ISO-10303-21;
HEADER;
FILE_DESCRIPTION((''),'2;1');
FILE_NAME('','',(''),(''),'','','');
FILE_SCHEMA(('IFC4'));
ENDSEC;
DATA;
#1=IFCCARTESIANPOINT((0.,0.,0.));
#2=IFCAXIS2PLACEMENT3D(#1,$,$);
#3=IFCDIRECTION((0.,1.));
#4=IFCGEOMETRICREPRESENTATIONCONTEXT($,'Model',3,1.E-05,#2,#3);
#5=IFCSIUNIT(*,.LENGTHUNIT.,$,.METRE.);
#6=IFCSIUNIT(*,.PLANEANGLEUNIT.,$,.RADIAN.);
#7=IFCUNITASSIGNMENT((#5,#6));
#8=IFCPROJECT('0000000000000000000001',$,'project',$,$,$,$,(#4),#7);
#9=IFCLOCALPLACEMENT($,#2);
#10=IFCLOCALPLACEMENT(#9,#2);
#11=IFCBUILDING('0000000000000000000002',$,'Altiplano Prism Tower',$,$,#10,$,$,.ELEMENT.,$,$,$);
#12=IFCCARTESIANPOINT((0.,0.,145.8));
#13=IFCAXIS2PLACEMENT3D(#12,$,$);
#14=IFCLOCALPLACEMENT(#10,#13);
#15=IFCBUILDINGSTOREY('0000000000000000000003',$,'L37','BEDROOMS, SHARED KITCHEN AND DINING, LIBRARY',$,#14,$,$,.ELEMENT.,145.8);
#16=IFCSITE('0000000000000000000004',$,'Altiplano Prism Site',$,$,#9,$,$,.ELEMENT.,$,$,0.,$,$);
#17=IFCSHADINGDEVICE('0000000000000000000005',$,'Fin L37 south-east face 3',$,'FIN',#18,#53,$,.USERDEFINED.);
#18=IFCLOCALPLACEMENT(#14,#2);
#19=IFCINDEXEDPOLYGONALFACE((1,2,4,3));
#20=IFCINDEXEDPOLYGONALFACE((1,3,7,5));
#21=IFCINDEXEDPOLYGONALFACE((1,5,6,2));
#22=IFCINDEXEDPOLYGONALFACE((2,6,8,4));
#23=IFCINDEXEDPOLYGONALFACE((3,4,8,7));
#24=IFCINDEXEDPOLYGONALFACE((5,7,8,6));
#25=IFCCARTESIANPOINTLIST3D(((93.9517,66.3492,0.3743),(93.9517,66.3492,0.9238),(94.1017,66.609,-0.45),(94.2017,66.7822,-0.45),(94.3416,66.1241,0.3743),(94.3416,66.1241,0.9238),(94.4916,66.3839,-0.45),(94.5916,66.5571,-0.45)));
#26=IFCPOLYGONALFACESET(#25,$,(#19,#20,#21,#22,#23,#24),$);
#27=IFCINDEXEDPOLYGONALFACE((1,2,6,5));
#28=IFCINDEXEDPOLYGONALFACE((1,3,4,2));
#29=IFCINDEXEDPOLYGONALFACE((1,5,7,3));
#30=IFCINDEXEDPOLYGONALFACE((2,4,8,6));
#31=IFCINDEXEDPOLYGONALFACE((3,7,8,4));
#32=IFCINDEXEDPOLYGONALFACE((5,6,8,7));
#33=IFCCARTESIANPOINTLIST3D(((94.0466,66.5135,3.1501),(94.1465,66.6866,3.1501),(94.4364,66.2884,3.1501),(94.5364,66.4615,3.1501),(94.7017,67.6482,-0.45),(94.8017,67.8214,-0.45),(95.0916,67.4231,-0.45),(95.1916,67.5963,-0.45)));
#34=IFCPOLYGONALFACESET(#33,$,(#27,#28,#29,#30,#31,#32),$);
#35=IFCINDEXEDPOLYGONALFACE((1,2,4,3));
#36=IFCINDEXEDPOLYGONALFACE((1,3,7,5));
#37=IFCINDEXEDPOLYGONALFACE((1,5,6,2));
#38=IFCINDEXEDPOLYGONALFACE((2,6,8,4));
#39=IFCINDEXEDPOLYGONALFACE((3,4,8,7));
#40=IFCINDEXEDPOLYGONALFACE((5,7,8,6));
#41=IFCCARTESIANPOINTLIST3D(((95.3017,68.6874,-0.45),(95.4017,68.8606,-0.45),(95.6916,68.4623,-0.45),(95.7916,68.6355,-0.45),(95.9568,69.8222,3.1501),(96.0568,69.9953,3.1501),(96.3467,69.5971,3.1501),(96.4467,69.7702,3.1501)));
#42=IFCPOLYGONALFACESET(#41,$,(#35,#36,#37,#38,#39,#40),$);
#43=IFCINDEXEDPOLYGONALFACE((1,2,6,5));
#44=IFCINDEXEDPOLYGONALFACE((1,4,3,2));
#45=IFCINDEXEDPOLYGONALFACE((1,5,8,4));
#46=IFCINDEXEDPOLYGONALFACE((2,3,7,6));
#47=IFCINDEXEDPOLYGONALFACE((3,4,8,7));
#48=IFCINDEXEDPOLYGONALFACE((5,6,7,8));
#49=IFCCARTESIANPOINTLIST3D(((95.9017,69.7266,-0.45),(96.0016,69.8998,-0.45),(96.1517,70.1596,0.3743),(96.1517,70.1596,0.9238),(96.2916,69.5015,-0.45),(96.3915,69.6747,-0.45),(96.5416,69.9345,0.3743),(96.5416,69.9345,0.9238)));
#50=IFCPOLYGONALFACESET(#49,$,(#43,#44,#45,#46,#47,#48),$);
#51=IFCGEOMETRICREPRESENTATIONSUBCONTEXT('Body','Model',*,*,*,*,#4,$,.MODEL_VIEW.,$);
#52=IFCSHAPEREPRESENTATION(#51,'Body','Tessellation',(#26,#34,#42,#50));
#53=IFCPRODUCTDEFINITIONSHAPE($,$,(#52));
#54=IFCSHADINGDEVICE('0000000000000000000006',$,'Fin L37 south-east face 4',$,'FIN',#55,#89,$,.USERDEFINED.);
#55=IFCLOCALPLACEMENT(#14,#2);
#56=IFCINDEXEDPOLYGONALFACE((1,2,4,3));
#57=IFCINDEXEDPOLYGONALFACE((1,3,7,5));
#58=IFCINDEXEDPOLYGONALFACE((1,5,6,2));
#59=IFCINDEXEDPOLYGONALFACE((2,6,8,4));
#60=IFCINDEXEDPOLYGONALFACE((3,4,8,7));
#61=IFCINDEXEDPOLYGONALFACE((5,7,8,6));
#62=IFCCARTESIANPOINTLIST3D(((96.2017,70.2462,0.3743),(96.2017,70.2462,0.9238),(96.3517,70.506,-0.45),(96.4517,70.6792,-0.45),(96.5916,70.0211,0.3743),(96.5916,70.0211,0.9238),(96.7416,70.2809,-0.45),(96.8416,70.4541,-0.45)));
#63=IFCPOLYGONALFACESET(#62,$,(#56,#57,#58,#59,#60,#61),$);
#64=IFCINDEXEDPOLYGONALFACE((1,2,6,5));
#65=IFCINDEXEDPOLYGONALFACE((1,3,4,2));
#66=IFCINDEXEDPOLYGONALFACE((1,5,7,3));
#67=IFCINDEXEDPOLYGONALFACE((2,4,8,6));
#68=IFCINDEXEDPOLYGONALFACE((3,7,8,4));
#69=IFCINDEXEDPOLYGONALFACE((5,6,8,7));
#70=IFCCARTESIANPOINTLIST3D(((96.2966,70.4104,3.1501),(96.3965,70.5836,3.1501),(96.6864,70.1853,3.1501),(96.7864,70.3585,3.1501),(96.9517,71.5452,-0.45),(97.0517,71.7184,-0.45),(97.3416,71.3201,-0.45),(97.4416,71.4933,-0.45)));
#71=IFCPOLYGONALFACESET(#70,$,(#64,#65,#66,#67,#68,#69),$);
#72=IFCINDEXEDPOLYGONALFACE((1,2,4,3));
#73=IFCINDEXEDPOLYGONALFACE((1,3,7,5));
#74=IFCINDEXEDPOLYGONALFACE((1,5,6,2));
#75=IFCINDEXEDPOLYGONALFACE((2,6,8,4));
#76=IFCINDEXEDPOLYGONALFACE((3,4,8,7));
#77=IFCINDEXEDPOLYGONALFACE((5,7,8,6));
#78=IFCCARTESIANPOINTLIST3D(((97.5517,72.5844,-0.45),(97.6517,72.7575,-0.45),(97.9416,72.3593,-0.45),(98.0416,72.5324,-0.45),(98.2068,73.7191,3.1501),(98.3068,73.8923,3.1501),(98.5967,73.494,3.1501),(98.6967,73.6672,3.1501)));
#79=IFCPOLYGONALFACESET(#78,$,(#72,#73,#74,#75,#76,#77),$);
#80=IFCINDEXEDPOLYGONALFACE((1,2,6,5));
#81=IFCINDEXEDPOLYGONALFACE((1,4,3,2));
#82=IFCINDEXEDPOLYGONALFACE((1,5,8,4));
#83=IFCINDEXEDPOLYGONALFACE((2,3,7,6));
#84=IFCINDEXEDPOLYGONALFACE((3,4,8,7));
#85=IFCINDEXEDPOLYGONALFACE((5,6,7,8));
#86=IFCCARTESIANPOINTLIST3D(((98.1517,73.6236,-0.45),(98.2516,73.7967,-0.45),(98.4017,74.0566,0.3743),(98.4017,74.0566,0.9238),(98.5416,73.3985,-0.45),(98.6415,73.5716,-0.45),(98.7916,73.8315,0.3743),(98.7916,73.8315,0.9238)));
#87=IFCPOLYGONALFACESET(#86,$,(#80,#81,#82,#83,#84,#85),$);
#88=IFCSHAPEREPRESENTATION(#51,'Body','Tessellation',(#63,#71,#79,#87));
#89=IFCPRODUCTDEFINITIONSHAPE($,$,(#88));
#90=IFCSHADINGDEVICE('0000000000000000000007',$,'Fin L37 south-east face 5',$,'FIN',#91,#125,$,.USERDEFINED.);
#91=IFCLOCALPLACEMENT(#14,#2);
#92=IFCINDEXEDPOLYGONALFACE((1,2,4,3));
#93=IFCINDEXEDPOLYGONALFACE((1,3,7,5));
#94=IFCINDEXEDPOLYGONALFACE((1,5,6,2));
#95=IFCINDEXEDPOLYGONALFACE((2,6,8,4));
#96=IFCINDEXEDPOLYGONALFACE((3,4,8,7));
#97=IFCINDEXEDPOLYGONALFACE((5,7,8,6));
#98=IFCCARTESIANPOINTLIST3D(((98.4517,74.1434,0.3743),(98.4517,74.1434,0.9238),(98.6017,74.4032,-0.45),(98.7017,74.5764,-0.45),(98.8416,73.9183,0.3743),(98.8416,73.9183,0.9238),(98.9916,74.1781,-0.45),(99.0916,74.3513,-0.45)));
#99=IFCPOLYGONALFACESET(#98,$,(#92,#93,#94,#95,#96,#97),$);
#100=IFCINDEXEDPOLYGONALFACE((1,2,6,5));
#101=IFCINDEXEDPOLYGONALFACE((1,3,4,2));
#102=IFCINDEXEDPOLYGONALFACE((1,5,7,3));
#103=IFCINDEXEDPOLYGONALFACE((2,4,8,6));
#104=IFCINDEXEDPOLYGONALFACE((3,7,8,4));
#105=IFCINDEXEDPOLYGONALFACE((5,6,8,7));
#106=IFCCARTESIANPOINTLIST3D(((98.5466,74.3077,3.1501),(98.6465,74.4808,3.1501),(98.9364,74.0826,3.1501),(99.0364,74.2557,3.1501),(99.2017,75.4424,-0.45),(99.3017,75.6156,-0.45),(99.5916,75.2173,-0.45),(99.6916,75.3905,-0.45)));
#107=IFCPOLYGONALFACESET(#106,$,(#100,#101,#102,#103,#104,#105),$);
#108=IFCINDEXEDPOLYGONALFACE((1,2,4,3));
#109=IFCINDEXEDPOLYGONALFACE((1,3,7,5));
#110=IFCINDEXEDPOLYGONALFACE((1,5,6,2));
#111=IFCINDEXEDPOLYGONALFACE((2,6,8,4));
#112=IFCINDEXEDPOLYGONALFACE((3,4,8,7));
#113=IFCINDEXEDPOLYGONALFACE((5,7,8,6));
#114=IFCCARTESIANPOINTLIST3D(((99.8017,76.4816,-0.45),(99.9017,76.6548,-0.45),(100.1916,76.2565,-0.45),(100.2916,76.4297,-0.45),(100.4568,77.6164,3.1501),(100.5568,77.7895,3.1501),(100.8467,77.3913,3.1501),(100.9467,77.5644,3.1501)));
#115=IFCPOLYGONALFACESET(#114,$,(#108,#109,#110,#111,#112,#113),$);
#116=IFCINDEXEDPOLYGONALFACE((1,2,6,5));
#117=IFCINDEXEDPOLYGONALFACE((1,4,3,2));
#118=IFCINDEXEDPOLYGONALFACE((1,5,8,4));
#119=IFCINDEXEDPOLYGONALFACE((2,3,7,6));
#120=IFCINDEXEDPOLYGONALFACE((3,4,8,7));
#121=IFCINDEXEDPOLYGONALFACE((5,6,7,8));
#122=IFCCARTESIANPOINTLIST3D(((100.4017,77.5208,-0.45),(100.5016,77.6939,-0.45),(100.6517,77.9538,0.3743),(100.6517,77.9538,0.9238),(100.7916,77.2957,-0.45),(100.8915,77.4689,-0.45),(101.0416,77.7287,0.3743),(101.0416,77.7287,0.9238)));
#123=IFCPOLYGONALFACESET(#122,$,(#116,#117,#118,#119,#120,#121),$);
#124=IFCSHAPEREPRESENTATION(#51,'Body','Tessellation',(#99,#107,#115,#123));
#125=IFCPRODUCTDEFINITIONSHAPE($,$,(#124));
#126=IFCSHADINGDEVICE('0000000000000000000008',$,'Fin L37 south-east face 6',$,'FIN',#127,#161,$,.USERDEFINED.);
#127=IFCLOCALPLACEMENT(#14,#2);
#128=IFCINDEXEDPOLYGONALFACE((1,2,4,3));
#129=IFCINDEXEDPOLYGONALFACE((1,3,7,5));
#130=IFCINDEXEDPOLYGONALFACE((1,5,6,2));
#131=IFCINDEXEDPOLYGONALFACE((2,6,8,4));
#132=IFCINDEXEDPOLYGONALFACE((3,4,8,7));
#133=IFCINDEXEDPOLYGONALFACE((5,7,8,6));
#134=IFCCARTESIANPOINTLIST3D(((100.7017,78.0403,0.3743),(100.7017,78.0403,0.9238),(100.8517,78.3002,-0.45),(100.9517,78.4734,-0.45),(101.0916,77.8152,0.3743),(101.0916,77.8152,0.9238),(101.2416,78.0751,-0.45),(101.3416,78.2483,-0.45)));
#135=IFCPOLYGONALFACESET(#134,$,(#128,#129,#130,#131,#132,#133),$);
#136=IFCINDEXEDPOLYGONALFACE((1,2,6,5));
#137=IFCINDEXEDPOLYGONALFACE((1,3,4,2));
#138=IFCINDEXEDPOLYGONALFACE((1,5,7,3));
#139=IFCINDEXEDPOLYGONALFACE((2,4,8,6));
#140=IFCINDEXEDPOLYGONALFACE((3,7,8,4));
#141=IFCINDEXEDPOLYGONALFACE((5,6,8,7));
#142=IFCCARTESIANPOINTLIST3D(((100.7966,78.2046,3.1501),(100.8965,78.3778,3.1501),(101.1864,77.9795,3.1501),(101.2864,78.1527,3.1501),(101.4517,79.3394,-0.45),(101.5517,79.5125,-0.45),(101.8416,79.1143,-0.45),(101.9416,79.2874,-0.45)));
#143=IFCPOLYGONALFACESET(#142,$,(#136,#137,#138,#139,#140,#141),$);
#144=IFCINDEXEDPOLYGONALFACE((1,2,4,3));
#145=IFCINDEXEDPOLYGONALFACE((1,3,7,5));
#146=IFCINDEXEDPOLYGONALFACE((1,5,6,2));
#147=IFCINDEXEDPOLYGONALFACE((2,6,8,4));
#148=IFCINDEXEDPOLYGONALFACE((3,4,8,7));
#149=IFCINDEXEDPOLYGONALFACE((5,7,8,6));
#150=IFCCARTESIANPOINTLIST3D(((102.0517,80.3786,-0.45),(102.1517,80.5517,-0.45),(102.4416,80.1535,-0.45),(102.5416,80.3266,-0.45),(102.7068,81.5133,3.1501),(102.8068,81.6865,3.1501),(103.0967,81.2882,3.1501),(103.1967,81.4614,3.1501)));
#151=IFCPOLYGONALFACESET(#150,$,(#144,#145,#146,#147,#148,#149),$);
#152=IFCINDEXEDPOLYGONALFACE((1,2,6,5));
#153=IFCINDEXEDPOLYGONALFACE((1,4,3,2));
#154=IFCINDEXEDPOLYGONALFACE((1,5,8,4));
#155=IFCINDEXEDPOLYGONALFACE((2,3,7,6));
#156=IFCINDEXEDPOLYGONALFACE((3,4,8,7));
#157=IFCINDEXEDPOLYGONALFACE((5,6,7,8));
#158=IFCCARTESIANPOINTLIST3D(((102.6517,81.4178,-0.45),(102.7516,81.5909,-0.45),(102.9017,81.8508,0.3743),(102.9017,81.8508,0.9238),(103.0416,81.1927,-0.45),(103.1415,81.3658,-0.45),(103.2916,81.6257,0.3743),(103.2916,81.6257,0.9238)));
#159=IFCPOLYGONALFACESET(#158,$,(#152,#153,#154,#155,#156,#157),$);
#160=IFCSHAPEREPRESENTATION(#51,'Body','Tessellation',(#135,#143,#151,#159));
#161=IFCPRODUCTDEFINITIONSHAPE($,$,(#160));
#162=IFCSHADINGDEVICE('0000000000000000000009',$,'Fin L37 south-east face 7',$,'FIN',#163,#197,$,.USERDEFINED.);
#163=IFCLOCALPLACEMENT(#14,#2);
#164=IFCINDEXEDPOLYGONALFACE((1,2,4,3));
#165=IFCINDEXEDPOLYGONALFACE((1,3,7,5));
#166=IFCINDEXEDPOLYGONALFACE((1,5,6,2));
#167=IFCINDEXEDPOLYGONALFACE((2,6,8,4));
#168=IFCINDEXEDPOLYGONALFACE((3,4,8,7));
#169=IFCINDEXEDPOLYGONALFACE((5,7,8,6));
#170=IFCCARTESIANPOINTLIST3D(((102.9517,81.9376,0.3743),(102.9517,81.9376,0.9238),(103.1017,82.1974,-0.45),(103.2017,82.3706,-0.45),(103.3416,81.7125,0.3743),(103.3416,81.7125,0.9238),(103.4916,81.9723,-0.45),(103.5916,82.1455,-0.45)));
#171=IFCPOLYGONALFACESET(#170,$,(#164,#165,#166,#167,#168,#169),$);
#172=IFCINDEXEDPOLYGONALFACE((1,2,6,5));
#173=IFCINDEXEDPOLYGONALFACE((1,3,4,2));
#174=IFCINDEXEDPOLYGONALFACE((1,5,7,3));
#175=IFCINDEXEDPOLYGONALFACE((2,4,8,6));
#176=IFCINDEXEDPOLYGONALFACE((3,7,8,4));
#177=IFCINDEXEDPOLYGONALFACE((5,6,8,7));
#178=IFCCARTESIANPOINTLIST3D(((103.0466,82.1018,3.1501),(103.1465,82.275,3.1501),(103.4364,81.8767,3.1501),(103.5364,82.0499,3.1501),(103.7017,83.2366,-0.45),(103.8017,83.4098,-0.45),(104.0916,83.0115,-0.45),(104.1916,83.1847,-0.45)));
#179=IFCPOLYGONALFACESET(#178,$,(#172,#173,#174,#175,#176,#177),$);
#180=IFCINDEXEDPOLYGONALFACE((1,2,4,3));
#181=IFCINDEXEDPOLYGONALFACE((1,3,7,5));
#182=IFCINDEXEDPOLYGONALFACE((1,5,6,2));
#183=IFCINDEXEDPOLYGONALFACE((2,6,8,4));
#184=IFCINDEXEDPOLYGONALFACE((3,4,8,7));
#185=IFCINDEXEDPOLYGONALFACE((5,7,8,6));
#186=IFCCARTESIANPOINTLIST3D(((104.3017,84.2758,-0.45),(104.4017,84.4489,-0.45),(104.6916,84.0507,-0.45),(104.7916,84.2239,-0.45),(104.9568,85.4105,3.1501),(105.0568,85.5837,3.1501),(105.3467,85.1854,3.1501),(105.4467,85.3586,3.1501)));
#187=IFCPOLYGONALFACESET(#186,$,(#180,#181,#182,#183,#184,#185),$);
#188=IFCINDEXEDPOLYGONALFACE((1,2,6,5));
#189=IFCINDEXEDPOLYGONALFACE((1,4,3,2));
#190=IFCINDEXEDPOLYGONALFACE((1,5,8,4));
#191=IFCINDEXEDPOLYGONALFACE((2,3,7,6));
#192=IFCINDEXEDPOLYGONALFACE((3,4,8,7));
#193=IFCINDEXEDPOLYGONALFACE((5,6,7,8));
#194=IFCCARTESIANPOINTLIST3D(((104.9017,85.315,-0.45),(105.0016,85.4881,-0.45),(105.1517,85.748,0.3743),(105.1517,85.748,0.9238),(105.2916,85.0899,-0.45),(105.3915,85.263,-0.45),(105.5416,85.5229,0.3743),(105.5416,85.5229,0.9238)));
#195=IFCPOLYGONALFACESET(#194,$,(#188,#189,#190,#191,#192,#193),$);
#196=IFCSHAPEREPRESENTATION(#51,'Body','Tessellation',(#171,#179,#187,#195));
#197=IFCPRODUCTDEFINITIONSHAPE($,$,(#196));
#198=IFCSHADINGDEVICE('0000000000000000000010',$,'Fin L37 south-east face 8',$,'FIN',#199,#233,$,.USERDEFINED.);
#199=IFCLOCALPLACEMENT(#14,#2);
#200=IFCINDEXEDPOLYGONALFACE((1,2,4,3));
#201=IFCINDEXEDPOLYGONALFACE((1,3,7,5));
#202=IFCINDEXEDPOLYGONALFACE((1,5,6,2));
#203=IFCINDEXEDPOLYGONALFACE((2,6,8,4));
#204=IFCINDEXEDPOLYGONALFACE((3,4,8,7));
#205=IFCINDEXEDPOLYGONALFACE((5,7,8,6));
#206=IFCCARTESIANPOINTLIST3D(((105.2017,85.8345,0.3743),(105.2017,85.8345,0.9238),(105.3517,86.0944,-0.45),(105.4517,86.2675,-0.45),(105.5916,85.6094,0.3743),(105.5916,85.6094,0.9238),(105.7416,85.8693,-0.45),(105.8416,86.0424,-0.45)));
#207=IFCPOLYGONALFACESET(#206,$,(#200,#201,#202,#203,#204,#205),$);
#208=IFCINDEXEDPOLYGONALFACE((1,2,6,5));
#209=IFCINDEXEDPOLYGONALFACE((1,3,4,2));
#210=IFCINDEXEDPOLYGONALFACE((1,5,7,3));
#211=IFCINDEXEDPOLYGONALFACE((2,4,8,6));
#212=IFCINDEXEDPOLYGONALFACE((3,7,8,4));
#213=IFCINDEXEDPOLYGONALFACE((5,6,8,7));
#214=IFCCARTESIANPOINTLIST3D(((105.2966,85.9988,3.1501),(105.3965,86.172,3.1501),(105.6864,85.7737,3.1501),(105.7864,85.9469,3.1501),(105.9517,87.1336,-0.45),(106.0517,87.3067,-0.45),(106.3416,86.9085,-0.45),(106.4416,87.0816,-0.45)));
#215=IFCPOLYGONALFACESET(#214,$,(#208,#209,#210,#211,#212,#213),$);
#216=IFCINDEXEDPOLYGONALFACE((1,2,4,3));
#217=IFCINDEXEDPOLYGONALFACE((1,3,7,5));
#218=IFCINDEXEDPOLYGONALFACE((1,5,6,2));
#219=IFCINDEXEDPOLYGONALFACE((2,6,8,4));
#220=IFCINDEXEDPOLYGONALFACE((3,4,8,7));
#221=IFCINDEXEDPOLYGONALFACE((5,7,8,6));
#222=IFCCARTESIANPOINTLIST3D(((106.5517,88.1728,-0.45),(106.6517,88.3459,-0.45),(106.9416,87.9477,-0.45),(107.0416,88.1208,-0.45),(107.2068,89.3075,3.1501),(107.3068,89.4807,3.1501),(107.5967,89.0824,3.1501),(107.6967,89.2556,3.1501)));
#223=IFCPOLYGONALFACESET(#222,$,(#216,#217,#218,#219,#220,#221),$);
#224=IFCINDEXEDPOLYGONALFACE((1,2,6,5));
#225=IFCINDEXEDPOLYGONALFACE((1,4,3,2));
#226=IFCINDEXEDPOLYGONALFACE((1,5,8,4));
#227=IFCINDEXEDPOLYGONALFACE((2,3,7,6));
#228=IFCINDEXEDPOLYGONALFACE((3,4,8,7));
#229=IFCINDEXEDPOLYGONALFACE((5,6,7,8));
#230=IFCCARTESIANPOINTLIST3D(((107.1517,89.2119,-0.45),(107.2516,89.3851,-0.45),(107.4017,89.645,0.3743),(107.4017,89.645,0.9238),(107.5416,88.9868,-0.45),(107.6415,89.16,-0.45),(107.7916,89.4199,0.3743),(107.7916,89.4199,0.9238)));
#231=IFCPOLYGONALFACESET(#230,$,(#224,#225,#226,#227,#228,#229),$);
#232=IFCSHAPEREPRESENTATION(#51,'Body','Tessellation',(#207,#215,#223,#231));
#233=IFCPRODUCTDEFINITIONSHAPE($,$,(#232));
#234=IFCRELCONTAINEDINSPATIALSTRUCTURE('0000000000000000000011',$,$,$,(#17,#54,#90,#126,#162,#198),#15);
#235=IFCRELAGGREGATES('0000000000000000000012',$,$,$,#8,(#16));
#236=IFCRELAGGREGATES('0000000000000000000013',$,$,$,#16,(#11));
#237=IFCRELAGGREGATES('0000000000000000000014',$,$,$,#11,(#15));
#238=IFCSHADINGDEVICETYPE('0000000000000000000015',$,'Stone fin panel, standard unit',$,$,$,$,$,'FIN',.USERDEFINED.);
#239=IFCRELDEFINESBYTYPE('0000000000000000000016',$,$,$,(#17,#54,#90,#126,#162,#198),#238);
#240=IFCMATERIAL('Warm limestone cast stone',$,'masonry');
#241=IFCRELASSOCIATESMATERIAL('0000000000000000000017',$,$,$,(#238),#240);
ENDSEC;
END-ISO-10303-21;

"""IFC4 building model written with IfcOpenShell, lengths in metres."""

from ifc_helpers import new_model, si_unit, direction, frame, origin, place, context, subcontext, project, spatial, polyline, outline, extrude, source, transform, mapped, material, type_object, element, save


model = new_model("IFC4")

# Units and contexts
model_context = context("Model", 3, precision=1e-05, world=origin(), true_north=direction((0.0, 1.0)))
body_context = subcontext(model_context, "Body", "Model", "MODEL_VIEW")
ifc_project = project(units=[si_unit("LENGTHUNIT", "METRE"), si_unit("PLANEANGLEUNIT", "RADIAN")], contexts=[model_context])

# Site, building, storey
site_placement = place(None, origin())
site = spatial("IfcSite", under=ifc_project, at=site_placement, Name="Altiplano Prism Site", CompositionType="ELEMENT", RefElevation=0.0)
building_placement = place(site_placement, origin())
building = spatial("IfcBuilding", under=site, at=building_placement, Name="Altiplano Prism Tower", CompositionType="ELEMENT")
storey_placement = place(building_placement, frame((0.0, 0.0, 145.8)))
storey = spatial("IfcBuildingStorey", under=building, at=storey_placement, Name="L37", Description="BEDROOMS, SHARED KITCHEN AND DINING, LIBRARY", CompositionType="ELEMENT", Elevation=145.8)

# Shading devices
ifc_material_1 = material(Name="Warm limestone cast stone", Category="masonry")
shading_device_type_1 = type_object("IfcShadingDeviceType", Name="Stone fin panel, standard unit", ElementType="FIN", PredefinedType="USERDEFINED", material=ifc_material_1)
shared_shape_1 = source(origin(), body_context, "Body", "SweptSolid", [
    extrude(outline(polyline([(-2.2, 1.3738), (-2.2, 0.8242), (-1.8999, 0.0), (-1.7, 0.0), (-2.2, 1.3738)])), frame((0.0, -0.1499, 0.0), z_axis=(0.0, -1.0, 0.0), x_axis=(1.0, 0.0, 0.0)), (0.0, 0.0, 1.0), 0.4502),
    extrude(outline(polyline([(-2.0103, 3.6001), (-0.7, 0.0), (-0.5, 0.0), (-1.8103, 3.6001), (-2.0103, 3.6001)])), frame((0.0, -0.1499, 0.0), z_axis=(0.0, -1.0, 0.0), x_axis=(1.0, 0.0, 0.0)), (0.0, 0.0, 1.0), 0.4502),
    extrude(outline(polyline([(1.8103, 3.6001), (0.5, 0.0), (0.7, 0.0), (2.0103, 3.6001), (1.8103, 3.6001)])), frame((0.0, -0.1499, 0.0), z_axis=(0.0, -1.0, 0.0), x_axis=(1.0, 0.0, 0.0)), (0.0, 0.0, 1.0), 0.4502),
    extrude(outline(polyline([(2.2, 0.8242), (2.2, 1.3738), (1.7, 0.0), (1.8999, 0.0), (2.2, 0.8242)])), frame((0.0, -0.1499, 0.0), z_axis=(0.0, -1.0, 0.0), x_axis=(1.0, 0.0, 0.0)), (0.0, 0.0, 1.0), 0.4502),
])
shading_device_1_placement = place(storey_placement, origin())
element("IfcShadingDevice", 1, at=shading_device_1_placement, inside=storey, type_object=shading_device_type_1, Name="Fin L37 south-east face 3", ObjectType="FIN", PredefinedType="USERDEFINED", context=body_context, shape_type="MappedRepresentation", body=[
    mapped(shared_shape_1, transform((94.9219, 68.3293, -0.45), x_axis=(0.5, 0.866025, 0.0), y_axis=(-0.866025, 0.5, 0.0), z_axis=(0.0, 0.0, 1.0))),
])
shading_device_2_placement = place(storey_placement, origin())
element("IfcShadingDevice", 2, at=shading_device_2_placement, inside=storey, type_object=shading_device_type_1, Name="Fin L37 south-east face 4", ObjectType="FIN", PredefinedType="USERDEFINED", context=body_context, shape_type="MappedRepresentation", body=[
    mapped(shared_shape_1, transform((97.1719, 72.2263, -0.45), x_axis=(0.5, 0.866025, 0.0), y_axis=(-0.866025, 0.5, 0.0), z_axis=(0.0, 0.0, 1.0))),
])
shading_device_3_placement = place(storey_placement, origin())
element("IfcShadingDevice", 3, at=shading_device_3_placement, inside=storey, type_object=shading_device_type_1, Name="Fin L37 south-east face 5", ObjectType="FIN", PredefinedType="USERDEFINED", context=body_context, shape_type="MappedRepresentation", body=[
    mapped(shared_shape_1, transform((99.4219, 76.1235, -0.45), x_axis=(0.5, 0.866025, 0.0), y_axis=(-0.866025, 0.5, 0.0), z_axis=(0.0, 0.0, 1.0))),
])
shading_device_4_placement = place(storey_placement, origin())
element("IfcShadingDevice", 4, at=shading_device_4_placement, inside=storey, type_object=shading_device_type_1, Name="Fin L37 south-east face 6", ObjectType="FIN", PredefinedType="USERDEFINED", context=body_context, shape_type="MappedRepresentation", body=[
    mapped(shared_shape_1, transform((101.6719, 80.0205, -0.45), x_axis=(0.5, 0.866025, 0.0), y_axis=(-0.866025, 0.5, 0.0), z_axis=(0.0, 0.0, 1.0))),
])
shading_device_5_placement = place(storey_placement, origin())
element("IfcShadingDevice", 5, at=shading_device_5_placement, inside=storey, type_object=shading_device_type_1, Name="Fin L37 south-east face 7", ObjectType="FIN", PredefinedType="USERDEFINED", context=body_context, shape_type="MappedRepresentation", body=[
    mapped(shared_shape_1, transform((103.9219, 83.9177, -0.45), x_axis=(0.5, 0.866025, 0.0), y_axis=(-0.866025, 0.5, 0.0), z_axis=(0.0, 0.0, 1.0))),
])
shading_device_6_placement = place(storey_placement, origin())
element("IfcShadingDevice", 6, at=shading_device_6_placement, inside=storey, type_object=shading_device_type_1, Name="Fin L37 south-east face 8", ObjectType="FIN", PredefinedType="USERDEFINED", context=body_context, shape_type="MappedRepresentation", body=[
    mapped(shared_shape_1, transform((106.1719, 87.8147, -0.45), x_axis=(0.5, 0.866025, 0.0), y_axis=(-0.866025, 0.5, 0.0), z_axis=(0.0, 0.0, 1.0))),
])

save(model, "model.ifc")
